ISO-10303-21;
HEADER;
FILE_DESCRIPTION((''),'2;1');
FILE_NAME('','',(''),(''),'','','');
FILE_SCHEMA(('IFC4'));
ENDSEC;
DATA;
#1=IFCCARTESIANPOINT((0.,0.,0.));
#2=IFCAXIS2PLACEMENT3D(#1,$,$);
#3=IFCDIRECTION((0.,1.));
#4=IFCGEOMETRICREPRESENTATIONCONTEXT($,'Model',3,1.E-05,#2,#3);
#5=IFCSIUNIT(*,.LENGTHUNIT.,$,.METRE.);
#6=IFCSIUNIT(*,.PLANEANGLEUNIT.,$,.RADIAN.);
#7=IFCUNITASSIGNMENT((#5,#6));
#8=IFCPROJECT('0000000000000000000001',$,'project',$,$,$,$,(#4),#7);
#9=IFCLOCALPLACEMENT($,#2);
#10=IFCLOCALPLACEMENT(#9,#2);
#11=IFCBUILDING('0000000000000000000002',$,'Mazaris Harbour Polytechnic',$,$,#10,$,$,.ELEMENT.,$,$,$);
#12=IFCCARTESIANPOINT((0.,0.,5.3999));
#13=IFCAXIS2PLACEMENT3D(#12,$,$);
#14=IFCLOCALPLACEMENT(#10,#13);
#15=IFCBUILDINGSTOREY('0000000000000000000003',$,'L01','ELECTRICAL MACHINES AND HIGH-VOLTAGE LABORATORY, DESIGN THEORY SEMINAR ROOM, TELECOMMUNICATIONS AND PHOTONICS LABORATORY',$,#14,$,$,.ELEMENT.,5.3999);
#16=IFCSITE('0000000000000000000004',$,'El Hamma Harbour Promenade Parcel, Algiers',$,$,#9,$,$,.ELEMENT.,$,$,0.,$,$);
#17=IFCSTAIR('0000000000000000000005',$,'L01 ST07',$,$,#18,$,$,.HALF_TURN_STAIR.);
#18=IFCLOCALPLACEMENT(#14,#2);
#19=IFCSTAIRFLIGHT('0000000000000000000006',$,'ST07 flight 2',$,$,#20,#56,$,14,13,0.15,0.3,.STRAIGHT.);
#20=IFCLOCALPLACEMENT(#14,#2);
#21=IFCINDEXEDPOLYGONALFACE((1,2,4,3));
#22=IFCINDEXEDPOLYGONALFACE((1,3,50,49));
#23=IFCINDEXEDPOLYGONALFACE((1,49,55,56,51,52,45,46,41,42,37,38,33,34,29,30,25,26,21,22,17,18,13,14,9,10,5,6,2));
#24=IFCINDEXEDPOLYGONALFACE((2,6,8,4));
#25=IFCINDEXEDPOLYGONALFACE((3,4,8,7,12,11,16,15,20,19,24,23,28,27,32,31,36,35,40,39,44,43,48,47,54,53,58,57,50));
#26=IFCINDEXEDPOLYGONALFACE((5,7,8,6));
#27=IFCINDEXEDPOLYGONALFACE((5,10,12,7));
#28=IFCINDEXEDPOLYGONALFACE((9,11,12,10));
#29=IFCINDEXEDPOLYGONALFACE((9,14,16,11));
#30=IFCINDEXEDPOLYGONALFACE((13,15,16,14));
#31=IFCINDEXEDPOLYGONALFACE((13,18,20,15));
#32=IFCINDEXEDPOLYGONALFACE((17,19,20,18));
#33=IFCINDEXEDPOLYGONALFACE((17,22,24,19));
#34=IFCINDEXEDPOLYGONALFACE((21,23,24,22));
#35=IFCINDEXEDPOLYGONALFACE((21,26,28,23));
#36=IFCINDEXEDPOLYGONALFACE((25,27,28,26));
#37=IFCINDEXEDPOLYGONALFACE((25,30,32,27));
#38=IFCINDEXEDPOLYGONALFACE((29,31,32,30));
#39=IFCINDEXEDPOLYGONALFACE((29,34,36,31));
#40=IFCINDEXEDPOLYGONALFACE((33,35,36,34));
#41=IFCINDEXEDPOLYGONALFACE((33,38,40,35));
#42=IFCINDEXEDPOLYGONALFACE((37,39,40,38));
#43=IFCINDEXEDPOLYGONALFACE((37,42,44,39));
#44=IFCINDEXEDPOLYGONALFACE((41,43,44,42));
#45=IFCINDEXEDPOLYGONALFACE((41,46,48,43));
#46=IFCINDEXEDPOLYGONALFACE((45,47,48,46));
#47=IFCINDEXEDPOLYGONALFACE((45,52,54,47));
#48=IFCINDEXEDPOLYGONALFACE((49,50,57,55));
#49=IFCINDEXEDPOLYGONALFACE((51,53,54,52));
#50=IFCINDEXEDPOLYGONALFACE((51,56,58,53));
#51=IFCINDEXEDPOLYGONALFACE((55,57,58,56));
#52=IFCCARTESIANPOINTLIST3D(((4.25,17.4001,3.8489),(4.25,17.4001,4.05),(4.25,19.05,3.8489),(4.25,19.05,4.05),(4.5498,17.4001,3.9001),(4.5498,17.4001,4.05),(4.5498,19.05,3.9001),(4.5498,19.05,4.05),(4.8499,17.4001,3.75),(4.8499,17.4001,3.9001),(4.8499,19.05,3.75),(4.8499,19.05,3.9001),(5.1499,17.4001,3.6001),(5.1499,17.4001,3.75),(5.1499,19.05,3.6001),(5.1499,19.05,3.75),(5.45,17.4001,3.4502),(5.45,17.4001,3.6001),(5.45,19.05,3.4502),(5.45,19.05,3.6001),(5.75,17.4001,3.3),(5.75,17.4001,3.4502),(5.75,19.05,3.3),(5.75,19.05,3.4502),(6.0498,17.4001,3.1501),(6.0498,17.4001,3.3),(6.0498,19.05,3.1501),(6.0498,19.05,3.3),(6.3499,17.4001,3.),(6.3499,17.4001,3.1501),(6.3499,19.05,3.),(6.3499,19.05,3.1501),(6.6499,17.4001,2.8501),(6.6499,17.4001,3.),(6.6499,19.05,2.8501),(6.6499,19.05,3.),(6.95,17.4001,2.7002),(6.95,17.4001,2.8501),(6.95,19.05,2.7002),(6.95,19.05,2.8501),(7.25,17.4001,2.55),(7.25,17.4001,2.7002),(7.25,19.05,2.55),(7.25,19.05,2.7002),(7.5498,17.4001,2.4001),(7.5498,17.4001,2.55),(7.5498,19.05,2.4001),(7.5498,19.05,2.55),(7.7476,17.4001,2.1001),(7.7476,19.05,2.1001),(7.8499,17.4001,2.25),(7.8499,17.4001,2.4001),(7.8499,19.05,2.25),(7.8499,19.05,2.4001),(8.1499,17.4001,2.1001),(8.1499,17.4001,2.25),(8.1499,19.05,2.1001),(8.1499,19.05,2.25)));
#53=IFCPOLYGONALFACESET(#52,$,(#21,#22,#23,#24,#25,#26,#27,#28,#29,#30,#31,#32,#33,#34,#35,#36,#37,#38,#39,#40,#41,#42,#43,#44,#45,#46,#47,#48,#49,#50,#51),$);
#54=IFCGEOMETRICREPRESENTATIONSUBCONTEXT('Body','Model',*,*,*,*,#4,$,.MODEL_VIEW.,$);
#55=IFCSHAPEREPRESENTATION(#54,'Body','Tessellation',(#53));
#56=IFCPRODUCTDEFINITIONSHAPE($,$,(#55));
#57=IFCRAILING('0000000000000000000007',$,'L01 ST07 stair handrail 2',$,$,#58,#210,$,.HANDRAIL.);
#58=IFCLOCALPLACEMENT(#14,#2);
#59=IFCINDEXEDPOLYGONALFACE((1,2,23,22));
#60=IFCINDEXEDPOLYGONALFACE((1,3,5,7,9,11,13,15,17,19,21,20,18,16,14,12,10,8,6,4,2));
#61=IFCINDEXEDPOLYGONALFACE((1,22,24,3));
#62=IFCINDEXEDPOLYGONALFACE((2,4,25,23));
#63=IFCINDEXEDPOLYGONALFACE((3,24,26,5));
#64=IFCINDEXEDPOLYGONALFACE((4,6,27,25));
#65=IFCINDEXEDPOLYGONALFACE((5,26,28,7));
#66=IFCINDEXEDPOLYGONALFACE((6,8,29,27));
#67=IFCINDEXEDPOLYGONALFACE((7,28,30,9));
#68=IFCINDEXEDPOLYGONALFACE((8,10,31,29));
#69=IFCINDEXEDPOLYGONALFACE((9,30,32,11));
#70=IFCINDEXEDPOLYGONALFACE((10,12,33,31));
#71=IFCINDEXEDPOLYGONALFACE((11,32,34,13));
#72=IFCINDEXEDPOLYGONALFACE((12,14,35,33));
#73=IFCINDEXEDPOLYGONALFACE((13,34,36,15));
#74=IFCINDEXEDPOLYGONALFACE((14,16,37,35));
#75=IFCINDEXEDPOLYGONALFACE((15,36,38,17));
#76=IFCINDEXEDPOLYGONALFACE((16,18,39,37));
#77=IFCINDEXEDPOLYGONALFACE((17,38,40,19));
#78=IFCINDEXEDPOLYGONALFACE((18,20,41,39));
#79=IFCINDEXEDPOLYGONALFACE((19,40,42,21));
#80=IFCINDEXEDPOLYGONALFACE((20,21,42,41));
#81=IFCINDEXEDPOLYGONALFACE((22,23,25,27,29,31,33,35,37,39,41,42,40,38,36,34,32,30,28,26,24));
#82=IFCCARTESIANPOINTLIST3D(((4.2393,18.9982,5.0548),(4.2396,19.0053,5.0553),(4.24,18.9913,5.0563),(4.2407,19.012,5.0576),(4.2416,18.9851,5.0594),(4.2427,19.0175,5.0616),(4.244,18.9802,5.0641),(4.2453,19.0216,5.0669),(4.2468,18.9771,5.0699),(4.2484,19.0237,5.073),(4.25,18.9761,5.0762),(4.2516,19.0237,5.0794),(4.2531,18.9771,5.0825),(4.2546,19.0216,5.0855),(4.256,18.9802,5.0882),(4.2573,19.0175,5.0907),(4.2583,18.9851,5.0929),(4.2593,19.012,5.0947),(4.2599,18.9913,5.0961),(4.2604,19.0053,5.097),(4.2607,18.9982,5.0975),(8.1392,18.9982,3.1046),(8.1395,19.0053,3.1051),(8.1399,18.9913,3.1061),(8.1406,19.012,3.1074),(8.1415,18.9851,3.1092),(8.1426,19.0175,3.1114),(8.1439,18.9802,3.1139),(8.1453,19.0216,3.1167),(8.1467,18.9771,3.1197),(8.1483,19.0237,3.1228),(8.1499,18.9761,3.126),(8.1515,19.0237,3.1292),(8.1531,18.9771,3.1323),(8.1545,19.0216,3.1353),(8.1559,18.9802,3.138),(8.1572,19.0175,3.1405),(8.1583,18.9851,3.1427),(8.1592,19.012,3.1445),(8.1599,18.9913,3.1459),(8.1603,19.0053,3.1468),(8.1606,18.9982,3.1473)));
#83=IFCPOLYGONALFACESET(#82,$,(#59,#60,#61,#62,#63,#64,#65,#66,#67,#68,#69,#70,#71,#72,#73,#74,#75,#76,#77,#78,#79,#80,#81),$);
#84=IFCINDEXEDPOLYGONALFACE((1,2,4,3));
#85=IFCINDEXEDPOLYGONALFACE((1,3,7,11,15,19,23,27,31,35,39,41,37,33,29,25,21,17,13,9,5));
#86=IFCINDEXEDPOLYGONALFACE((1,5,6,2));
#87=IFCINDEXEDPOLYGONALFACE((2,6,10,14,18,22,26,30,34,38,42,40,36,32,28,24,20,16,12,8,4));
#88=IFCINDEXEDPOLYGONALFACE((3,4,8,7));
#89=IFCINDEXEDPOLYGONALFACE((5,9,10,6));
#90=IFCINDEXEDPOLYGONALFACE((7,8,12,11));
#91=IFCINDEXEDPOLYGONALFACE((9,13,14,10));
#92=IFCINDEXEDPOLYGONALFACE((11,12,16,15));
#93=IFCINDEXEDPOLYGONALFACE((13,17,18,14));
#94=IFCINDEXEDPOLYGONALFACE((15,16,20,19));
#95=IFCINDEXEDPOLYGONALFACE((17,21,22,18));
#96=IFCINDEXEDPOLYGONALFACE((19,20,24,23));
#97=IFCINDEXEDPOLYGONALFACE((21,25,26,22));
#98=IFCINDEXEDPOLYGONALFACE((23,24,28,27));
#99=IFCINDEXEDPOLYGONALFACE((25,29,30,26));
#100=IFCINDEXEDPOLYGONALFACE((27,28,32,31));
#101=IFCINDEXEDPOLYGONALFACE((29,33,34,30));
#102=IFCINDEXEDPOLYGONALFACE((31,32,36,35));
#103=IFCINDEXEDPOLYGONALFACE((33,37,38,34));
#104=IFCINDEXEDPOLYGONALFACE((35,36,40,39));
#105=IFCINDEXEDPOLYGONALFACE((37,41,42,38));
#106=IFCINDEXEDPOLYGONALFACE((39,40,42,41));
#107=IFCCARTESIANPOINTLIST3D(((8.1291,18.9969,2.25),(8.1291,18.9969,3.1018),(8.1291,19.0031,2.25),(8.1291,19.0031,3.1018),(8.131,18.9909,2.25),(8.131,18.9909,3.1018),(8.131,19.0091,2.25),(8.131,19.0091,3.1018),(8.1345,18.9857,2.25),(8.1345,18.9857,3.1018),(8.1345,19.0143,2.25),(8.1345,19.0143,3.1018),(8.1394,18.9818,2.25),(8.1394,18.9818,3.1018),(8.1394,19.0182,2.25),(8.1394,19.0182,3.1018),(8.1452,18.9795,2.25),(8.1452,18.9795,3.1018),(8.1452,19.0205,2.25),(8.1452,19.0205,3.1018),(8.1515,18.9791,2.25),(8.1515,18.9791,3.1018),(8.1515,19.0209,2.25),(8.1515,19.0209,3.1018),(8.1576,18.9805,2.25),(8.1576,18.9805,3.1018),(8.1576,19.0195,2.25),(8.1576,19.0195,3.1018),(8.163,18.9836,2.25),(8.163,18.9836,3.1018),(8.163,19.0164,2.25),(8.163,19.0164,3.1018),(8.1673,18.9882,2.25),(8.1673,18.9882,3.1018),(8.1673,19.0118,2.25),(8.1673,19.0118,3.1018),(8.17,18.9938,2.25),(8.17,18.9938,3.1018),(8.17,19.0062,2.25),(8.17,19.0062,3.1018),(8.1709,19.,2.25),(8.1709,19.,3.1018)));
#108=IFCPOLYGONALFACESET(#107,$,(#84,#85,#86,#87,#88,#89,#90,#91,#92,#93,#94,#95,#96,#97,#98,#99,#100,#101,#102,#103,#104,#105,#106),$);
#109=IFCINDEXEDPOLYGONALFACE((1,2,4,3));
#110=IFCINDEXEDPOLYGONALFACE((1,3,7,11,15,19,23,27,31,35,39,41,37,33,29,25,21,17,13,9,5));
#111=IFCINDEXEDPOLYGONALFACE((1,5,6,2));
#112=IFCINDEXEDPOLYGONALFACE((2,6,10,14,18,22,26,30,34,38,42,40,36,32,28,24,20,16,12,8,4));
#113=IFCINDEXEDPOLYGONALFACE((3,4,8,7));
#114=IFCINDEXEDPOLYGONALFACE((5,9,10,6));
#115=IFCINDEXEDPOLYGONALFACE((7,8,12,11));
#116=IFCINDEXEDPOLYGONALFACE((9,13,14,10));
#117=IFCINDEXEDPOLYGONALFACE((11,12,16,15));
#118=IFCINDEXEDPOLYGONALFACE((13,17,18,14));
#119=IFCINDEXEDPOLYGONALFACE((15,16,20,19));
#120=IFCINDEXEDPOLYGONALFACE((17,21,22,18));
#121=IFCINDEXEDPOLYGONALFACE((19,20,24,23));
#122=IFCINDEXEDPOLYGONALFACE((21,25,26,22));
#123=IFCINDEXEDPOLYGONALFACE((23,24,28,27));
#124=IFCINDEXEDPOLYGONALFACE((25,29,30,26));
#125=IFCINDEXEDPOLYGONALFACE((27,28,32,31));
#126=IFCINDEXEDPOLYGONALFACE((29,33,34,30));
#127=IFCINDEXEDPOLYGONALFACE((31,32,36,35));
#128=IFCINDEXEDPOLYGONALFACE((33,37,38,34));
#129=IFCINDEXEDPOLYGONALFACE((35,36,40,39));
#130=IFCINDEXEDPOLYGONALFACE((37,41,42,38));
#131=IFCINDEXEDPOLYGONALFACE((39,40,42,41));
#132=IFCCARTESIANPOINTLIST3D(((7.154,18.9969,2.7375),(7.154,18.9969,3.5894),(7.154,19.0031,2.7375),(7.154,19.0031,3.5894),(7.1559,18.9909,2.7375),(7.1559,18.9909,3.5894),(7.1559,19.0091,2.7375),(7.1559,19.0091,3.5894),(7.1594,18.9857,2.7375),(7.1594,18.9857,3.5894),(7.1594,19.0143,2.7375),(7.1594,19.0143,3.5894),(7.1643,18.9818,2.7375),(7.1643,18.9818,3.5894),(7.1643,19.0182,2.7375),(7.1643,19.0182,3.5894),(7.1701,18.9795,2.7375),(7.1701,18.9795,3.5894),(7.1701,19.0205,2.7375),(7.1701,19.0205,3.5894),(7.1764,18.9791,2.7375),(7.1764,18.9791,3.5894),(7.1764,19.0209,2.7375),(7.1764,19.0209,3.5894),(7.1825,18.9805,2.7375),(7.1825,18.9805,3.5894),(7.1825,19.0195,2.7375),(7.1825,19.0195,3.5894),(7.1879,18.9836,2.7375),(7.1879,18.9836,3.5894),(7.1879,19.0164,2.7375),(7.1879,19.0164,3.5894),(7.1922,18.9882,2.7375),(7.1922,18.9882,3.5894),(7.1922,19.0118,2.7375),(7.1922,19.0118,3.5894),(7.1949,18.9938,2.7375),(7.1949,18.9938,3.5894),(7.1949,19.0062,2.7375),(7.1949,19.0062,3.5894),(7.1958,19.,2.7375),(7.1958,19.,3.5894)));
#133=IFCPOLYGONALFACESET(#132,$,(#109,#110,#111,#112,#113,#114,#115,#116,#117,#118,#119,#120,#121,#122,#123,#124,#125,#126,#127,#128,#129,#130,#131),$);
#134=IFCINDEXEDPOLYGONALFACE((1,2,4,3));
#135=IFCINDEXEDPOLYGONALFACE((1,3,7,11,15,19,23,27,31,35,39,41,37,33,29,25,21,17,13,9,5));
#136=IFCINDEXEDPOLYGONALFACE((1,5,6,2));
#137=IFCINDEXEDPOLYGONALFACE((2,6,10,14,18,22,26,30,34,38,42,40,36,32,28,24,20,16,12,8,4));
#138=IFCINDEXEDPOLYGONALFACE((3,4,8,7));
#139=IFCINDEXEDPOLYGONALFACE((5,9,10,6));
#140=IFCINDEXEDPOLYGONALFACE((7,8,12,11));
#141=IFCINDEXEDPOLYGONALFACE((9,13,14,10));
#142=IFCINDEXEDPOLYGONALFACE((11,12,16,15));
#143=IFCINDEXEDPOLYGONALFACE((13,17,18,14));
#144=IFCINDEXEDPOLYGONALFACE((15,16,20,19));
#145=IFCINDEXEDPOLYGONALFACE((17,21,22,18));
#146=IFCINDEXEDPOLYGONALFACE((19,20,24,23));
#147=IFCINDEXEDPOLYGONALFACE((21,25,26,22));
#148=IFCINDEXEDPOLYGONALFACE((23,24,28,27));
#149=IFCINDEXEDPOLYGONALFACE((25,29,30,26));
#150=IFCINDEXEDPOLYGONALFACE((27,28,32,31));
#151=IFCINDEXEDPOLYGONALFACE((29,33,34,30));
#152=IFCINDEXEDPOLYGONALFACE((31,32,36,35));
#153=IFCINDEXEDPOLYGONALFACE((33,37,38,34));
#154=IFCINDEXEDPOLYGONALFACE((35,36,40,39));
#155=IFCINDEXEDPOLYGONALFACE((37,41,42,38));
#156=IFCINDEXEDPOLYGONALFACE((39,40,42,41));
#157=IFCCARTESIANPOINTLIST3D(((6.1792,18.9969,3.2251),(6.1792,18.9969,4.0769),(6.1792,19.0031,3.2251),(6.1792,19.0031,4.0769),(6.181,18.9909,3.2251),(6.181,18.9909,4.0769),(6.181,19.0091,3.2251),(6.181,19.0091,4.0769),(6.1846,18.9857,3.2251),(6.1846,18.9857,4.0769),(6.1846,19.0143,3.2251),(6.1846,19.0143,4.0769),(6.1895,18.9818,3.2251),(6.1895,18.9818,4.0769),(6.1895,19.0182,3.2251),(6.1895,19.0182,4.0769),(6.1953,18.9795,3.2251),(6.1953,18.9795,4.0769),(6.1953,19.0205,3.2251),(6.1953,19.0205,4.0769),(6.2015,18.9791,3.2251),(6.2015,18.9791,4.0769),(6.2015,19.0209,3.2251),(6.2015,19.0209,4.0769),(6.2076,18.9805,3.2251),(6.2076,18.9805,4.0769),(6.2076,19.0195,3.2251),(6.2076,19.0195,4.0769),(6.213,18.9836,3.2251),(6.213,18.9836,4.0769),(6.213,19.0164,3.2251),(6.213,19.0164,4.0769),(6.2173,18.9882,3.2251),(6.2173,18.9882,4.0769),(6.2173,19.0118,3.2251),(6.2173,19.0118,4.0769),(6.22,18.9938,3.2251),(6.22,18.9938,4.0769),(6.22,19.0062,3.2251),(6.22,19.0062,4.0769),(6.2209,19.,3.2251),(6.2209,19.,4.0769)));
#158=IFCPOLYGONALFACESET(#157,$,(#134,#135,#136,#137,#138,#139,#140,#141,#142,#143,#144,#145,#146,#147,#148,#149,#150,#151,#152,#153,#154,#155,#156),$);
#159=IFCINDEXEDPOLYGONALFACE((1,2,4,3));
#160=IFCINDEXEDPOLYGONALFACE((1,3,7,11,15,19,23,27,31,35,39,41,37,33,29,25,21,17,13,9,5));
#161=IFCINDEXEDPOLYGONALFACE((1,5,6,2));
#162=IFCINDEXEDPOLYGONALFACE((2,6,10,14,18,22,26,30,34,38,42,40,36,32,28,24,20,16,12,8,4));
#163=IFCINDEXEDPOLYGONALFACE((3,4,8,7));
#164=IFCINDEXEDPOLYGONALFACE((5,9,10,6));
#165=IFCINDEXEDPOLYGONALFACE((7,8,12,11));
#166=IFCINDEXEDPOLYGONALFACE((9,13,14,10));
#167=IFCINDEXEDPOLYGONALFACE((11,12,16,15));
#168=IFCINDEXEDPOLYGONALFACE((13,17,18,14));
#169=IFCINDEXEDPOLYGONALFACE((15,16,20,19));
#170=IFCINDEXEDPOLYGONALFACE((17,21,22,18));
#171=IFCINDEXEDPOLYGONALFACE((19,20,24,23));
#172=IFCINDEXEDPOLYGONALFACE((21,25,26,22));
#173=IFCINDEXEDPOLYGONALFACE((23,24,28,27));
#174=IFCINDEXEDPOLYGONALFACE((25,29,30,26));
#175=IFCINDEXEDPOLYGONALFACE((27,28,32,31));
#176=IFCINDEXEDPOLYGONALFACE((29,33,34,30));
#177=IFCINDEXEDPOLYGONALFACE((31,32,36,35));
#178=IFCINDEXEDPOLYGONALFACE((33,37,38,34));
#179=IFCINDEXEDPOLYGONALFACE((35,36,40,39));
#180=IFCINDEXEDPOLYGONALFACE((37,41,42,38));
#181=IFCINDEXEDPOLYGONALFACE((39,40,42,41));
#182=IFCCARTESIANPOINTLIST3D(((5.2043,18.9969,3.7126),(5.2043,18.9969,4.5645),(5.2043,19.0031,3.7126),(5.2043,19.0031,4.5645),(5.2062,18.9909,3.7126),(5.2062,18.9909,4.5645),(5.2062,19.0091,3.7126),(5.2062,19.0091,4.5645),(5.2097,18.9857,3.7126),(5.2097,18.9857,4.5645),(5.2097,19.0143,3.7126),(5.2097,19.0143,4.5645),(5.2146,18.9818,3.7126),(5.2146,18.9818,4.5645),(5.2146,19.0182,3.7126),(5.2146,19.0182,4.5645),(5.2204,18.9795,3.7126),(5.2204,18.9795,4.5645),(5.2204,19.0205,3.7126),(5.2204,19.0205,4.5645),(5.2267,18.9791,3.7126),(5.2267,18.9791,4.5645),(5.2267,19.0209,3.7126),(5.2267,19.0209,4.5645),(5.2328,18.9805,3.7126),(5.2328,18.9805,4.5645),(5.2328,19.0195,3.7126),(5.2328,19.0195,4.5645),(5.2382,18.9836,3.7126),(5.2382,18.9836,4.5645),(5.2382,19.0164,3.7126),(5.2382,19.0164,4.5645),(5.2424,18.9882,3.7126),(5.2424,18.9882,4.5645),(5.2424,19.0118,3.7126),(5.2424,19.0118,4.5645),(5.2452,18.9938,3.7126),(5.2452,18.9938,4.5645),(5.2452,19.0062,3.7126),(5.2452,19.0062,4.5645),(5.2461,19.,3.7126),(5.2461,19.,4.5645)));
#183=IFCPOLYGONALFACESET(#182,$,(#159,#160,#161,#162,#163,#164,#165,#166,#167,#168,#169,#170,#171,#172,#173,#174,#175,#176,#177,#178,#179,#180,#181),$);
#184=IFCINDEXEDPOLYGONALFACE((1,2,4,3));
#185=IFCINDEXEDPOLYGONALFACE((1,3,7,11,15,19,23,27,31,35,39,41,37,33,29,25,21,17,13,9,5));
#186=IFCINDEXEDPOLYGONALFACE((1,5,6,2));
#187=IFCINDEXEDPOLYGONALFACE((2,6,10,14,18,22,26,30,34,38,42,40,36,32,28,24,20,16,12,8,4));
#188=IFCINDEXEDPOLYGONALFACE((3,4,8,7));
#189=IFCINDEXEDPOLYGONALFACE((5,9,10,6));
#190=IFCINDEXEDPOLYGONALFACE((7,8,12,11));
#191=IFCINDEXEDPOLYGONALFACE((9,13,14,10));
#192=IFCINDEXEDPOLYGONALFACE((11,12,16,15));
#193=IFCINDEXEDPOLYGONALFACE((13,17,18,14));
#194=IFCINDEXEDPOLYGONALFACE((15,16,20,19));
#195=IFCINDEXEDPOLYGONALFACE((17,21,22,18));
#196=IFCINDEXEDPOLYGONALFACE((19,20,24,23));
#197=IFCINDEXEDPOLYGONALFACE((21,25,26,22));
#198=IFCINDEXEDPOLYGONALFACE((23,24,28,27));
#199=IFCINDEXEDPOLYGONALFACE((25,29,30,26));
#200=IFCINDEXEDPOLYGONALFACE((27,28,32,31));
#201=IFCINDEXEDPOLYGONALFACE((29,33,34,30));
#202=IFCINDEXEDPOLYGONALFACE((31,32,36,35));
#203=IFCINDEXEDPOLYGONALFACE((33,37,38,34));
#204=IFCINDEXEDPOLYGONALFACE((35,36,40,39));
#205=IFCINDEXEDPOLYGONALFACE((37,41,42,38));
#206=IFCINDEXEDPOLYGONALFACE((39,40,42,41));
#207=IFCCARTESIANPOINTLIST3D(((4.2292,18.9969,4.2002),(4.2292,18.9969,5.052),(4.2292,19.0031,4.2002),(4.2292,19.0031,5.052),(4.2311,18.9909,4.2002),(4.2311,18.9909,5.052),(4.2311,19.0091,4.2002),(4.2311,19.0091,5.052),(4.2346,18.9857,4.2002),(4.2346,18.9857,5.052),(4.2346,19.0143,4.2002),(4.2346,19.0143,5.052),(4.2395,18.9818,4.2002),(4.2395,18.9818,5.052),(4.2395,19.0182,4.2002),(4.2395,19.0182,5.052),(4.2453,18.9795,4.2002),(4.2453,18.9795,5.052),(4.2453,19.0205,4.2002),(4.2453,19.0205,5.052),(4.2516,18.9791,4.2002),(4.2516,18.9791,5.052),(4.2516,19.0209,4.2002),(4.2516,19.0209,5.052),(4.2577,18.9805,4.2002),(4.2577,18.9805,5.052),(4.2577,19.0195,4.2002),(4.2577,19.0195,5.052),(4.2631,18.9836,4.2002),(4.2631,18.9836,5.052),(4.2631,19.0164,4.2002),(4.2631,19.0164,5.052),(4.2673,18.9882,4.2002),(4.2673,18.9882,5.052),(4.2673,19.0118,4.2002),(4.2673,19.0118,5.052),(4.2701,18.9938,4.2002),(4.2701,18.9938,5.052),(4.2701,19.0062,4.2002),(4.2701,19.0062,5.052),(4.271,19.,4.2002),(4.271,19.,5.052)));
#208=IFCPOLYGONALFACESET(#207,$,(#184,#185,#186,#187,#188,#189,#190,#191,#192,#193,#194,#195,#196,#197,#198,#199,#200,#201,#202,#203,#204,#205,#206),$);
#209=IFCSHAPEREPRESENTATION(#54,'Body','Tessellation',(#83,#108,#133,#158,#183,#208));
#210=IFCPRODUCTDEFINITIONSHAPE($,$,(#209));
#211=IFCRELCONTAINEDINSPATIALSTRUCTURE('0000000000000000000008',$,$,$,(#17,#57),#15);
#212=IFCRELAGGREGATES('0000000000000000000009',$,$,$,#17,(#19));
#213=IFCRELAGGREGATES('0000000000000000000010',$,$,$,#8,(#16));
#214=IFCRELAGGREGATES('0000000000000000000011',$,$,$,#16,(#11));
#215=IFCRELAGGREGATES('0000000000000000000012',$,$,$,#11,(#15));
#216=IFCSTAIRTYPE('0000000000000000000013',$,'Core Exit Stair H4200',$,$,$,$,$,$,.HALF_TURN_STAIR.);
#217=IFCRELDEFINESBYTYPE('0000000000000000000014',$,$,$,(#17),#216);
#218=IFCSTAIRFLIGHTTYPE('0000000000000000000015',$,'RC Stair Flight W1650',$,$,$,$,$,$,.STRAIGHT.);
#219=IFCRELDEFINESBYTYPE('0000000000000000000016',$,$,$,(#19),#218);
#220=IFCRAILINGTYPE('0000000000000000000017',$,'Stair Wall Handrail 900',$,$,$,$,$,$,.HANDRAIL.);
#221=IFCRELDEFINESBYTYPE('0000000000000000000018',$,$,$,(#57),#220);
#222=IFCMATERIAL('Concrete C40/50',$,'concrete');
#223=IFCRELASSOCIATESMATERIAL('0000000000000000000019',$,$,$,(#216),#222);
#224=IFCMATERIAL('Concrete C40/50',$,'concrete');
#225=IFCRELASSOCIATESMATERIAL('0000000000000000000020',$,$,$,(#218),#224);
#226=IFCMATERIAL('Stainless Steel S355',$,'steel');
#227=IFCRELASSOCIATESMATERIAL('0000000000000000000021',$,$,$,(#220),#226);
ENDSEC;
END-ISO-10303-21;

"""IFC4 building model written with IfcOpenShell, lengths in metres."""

from ifc_helpers import new_model, si_unit, direction, frame, origin, origin_2d, place, context, subcontext, project, spatial, polyline, circle, outline, extrude, material, type_object, element, aggregate, save


model = new_model("IFC4")

# Units and contexts
model_context = context("Model", 3, precision=1e-05, world=origin(), true_north=direction((0.0, 1.0)))
body_context = subcontext(model_context, "Body", "Model", "MODEL_VIEW")
ifc_project = project(units=[si_unit("LENGTHUNIT", "METRE"), si_unit("PLANEANGLEUNIT", "RADIAN")], contexts=[model_context])

# Site, building, storey
site_placement = place(None, origin())
site = spatial("IfcSite", under=ifc_project, at=site_placement, Name="El Hamma Harbour Promenade Parcel, Algiers", CompositionType="ELEMENT", RefElevation=0.0)
building_placement = place(site_placement, origin())
building = spatial("IfcBuilding", under=site, at=building_placement, Name="Mazaris Harbour Polytechnic", CompositionType="ELEMENT")
storey_placement = place(building_placement, frame((0.0, 0.0, 5.3999)))
storey = spatial("IfcBuildingStorey", under=building, at=storey_placement, Name="L01", Description="ELECTRICAL MACHINES AND HIGH-VOLTAGE LABORATORY, DESIGN THEORY SEMINAR ROOM, TELECOMMUNICATIONS AND PHOTONICS LABORATORY", CompositionType="ELEMENT", Elevation=5.3999)

# Stair, stair flight
ifc_material_1 = material(Name="Concrete C40/50", Category="concrete")
stair_type = type_object("IfcStairType", Name="Core Exit Stair H4200", PredefinedType="HALF_TURN_STAIR", material=ifc_material_1)
stair_placement = place(storey_placement, origin())
stair = element("IfcStair", 1, at=stair_placement, inside=storey, type_object=stair_type, Name="L01 ST07", PredefinedType="HALF_TURN_STAIR")
ifc_material_2 = material(Name="Concrete C40/50", Category="concrete")
stair_flight_type = type_object("IfcStairFlightType", Name="RC Stair Flight W1650", PredefinedType="STRAIGHT", material=ifc_material_2)
stair_flight_placement = place(storey_placement, frame((8.1499, 18.2251, 2.1001), z_axis=(0.0, 0.0, 1.0), x_axis=(-1.0, 0.0, 0.0)))
stair_flight = element("IfcStairFlight", 2, at=stair_flight_placement, type_object=stair_flight_type, Name="ST07 flight 2", NumberOfRisers=14, NumberOfTreads=13, PredefinedType="STRAIGHT", RiserHeight=0.15, TreadLength=0.3, context=body_context, shape_type="SweptSolid", body=[
    extrude(outline(polyline([(0.0, 0.0), (0.0, 0.1499), (0.3, 0.1499), (0.3, 0.3), (0.6001, 0.3), (0.6001, 0.45), (0.8999, 0.45), (0.8999, 0.6001), (1.2, 0.6001), (1.2, 0.75), (1.5, 0.75), (1.5, 0.8999), (1.8, 0.8999), (1.8, 1.05), (2.1001, 1.05), (2.1001, 1.2), (2.3999, 1.2), (2.3999, 1.3501), (2.7, 1.3501), (2.7, 1.5), (3.0, 1.5), (3.0, 1.6499), (3.3, 1.6499), (3.3, 1.8), (3.6001, 1.8), (3.6001, 1.95), (3.8999, 1.95), (3.8999, 2.1001), (3.8999, 1.7488), (0.4023, 0.0), (0.0, 0.0)])), frame((0.0, 0.825, 0.0), z_axis=(0.0, -1.0, 0.0), x_axis=(1.0, 0.0, 0.0)), (0.0, 0.0, 1.0), 1.6499),
])
aggregate(stair, [stair_flight])

# Railing
ifc_material_3 = material(Name="Stainless Steel S355", Category="steel")
railing_type_1 = type_object("IfcRailingType", Name="Stair Wall Handrail 900", PredefinedType="HANDRAIL", material=ifc_material_3)
railing_1_placement = place(storey_placement, frame((8.1499, 19.0, 2.25)))
element("IfcRailing", 3, at=railing_1_placement, inside=storey, type_object=railing_type_1, Name="L01 ST07 stair handrail 2", PredefinedType="HANDRAIL", context=body_context, shape_type="SweptSolid", body=[
    extrude(circle(Radius=0.0239, at=origin_2d()), frame((0.0, 0.0, 0.876), z_axis=(-0.894405, 0.0, 0.447258), x_axis=(0.0, -1.0, 0.0)), (0.0, 0.0, 1.0), 4.3604),
    extrude(circle(Radius=0.021, at=origin_2d()), origin(), (0.0, 0.0, 1.0), 0.8518),
    extrude(circle(Radius=0.021, at=origin_2d()), frame((-0.9751, 0.0, 0.4875)), (0.0, 0.0, 1.0), 0.8518),
    extrude(circle(Radius=0.021, at=origin_2d()), frame((-1.95, 0.0, 0.9751)), (0.0, 0.0, 1.0), 0.8518),
    extrude(circle(Radius=0.021, at=origin_2d()), frame((-2.9248, 0.0, 1.4626)), (0.0, 0.0, 1.0), 0.8518),
    extrude(circle(Radius=0.021, at=origin_2d()), frame((-3.8999, 0.0, 1.9502)), (0.0, 0.0, 1.0), 0.8518),
])

save(model, "model.ifc")
